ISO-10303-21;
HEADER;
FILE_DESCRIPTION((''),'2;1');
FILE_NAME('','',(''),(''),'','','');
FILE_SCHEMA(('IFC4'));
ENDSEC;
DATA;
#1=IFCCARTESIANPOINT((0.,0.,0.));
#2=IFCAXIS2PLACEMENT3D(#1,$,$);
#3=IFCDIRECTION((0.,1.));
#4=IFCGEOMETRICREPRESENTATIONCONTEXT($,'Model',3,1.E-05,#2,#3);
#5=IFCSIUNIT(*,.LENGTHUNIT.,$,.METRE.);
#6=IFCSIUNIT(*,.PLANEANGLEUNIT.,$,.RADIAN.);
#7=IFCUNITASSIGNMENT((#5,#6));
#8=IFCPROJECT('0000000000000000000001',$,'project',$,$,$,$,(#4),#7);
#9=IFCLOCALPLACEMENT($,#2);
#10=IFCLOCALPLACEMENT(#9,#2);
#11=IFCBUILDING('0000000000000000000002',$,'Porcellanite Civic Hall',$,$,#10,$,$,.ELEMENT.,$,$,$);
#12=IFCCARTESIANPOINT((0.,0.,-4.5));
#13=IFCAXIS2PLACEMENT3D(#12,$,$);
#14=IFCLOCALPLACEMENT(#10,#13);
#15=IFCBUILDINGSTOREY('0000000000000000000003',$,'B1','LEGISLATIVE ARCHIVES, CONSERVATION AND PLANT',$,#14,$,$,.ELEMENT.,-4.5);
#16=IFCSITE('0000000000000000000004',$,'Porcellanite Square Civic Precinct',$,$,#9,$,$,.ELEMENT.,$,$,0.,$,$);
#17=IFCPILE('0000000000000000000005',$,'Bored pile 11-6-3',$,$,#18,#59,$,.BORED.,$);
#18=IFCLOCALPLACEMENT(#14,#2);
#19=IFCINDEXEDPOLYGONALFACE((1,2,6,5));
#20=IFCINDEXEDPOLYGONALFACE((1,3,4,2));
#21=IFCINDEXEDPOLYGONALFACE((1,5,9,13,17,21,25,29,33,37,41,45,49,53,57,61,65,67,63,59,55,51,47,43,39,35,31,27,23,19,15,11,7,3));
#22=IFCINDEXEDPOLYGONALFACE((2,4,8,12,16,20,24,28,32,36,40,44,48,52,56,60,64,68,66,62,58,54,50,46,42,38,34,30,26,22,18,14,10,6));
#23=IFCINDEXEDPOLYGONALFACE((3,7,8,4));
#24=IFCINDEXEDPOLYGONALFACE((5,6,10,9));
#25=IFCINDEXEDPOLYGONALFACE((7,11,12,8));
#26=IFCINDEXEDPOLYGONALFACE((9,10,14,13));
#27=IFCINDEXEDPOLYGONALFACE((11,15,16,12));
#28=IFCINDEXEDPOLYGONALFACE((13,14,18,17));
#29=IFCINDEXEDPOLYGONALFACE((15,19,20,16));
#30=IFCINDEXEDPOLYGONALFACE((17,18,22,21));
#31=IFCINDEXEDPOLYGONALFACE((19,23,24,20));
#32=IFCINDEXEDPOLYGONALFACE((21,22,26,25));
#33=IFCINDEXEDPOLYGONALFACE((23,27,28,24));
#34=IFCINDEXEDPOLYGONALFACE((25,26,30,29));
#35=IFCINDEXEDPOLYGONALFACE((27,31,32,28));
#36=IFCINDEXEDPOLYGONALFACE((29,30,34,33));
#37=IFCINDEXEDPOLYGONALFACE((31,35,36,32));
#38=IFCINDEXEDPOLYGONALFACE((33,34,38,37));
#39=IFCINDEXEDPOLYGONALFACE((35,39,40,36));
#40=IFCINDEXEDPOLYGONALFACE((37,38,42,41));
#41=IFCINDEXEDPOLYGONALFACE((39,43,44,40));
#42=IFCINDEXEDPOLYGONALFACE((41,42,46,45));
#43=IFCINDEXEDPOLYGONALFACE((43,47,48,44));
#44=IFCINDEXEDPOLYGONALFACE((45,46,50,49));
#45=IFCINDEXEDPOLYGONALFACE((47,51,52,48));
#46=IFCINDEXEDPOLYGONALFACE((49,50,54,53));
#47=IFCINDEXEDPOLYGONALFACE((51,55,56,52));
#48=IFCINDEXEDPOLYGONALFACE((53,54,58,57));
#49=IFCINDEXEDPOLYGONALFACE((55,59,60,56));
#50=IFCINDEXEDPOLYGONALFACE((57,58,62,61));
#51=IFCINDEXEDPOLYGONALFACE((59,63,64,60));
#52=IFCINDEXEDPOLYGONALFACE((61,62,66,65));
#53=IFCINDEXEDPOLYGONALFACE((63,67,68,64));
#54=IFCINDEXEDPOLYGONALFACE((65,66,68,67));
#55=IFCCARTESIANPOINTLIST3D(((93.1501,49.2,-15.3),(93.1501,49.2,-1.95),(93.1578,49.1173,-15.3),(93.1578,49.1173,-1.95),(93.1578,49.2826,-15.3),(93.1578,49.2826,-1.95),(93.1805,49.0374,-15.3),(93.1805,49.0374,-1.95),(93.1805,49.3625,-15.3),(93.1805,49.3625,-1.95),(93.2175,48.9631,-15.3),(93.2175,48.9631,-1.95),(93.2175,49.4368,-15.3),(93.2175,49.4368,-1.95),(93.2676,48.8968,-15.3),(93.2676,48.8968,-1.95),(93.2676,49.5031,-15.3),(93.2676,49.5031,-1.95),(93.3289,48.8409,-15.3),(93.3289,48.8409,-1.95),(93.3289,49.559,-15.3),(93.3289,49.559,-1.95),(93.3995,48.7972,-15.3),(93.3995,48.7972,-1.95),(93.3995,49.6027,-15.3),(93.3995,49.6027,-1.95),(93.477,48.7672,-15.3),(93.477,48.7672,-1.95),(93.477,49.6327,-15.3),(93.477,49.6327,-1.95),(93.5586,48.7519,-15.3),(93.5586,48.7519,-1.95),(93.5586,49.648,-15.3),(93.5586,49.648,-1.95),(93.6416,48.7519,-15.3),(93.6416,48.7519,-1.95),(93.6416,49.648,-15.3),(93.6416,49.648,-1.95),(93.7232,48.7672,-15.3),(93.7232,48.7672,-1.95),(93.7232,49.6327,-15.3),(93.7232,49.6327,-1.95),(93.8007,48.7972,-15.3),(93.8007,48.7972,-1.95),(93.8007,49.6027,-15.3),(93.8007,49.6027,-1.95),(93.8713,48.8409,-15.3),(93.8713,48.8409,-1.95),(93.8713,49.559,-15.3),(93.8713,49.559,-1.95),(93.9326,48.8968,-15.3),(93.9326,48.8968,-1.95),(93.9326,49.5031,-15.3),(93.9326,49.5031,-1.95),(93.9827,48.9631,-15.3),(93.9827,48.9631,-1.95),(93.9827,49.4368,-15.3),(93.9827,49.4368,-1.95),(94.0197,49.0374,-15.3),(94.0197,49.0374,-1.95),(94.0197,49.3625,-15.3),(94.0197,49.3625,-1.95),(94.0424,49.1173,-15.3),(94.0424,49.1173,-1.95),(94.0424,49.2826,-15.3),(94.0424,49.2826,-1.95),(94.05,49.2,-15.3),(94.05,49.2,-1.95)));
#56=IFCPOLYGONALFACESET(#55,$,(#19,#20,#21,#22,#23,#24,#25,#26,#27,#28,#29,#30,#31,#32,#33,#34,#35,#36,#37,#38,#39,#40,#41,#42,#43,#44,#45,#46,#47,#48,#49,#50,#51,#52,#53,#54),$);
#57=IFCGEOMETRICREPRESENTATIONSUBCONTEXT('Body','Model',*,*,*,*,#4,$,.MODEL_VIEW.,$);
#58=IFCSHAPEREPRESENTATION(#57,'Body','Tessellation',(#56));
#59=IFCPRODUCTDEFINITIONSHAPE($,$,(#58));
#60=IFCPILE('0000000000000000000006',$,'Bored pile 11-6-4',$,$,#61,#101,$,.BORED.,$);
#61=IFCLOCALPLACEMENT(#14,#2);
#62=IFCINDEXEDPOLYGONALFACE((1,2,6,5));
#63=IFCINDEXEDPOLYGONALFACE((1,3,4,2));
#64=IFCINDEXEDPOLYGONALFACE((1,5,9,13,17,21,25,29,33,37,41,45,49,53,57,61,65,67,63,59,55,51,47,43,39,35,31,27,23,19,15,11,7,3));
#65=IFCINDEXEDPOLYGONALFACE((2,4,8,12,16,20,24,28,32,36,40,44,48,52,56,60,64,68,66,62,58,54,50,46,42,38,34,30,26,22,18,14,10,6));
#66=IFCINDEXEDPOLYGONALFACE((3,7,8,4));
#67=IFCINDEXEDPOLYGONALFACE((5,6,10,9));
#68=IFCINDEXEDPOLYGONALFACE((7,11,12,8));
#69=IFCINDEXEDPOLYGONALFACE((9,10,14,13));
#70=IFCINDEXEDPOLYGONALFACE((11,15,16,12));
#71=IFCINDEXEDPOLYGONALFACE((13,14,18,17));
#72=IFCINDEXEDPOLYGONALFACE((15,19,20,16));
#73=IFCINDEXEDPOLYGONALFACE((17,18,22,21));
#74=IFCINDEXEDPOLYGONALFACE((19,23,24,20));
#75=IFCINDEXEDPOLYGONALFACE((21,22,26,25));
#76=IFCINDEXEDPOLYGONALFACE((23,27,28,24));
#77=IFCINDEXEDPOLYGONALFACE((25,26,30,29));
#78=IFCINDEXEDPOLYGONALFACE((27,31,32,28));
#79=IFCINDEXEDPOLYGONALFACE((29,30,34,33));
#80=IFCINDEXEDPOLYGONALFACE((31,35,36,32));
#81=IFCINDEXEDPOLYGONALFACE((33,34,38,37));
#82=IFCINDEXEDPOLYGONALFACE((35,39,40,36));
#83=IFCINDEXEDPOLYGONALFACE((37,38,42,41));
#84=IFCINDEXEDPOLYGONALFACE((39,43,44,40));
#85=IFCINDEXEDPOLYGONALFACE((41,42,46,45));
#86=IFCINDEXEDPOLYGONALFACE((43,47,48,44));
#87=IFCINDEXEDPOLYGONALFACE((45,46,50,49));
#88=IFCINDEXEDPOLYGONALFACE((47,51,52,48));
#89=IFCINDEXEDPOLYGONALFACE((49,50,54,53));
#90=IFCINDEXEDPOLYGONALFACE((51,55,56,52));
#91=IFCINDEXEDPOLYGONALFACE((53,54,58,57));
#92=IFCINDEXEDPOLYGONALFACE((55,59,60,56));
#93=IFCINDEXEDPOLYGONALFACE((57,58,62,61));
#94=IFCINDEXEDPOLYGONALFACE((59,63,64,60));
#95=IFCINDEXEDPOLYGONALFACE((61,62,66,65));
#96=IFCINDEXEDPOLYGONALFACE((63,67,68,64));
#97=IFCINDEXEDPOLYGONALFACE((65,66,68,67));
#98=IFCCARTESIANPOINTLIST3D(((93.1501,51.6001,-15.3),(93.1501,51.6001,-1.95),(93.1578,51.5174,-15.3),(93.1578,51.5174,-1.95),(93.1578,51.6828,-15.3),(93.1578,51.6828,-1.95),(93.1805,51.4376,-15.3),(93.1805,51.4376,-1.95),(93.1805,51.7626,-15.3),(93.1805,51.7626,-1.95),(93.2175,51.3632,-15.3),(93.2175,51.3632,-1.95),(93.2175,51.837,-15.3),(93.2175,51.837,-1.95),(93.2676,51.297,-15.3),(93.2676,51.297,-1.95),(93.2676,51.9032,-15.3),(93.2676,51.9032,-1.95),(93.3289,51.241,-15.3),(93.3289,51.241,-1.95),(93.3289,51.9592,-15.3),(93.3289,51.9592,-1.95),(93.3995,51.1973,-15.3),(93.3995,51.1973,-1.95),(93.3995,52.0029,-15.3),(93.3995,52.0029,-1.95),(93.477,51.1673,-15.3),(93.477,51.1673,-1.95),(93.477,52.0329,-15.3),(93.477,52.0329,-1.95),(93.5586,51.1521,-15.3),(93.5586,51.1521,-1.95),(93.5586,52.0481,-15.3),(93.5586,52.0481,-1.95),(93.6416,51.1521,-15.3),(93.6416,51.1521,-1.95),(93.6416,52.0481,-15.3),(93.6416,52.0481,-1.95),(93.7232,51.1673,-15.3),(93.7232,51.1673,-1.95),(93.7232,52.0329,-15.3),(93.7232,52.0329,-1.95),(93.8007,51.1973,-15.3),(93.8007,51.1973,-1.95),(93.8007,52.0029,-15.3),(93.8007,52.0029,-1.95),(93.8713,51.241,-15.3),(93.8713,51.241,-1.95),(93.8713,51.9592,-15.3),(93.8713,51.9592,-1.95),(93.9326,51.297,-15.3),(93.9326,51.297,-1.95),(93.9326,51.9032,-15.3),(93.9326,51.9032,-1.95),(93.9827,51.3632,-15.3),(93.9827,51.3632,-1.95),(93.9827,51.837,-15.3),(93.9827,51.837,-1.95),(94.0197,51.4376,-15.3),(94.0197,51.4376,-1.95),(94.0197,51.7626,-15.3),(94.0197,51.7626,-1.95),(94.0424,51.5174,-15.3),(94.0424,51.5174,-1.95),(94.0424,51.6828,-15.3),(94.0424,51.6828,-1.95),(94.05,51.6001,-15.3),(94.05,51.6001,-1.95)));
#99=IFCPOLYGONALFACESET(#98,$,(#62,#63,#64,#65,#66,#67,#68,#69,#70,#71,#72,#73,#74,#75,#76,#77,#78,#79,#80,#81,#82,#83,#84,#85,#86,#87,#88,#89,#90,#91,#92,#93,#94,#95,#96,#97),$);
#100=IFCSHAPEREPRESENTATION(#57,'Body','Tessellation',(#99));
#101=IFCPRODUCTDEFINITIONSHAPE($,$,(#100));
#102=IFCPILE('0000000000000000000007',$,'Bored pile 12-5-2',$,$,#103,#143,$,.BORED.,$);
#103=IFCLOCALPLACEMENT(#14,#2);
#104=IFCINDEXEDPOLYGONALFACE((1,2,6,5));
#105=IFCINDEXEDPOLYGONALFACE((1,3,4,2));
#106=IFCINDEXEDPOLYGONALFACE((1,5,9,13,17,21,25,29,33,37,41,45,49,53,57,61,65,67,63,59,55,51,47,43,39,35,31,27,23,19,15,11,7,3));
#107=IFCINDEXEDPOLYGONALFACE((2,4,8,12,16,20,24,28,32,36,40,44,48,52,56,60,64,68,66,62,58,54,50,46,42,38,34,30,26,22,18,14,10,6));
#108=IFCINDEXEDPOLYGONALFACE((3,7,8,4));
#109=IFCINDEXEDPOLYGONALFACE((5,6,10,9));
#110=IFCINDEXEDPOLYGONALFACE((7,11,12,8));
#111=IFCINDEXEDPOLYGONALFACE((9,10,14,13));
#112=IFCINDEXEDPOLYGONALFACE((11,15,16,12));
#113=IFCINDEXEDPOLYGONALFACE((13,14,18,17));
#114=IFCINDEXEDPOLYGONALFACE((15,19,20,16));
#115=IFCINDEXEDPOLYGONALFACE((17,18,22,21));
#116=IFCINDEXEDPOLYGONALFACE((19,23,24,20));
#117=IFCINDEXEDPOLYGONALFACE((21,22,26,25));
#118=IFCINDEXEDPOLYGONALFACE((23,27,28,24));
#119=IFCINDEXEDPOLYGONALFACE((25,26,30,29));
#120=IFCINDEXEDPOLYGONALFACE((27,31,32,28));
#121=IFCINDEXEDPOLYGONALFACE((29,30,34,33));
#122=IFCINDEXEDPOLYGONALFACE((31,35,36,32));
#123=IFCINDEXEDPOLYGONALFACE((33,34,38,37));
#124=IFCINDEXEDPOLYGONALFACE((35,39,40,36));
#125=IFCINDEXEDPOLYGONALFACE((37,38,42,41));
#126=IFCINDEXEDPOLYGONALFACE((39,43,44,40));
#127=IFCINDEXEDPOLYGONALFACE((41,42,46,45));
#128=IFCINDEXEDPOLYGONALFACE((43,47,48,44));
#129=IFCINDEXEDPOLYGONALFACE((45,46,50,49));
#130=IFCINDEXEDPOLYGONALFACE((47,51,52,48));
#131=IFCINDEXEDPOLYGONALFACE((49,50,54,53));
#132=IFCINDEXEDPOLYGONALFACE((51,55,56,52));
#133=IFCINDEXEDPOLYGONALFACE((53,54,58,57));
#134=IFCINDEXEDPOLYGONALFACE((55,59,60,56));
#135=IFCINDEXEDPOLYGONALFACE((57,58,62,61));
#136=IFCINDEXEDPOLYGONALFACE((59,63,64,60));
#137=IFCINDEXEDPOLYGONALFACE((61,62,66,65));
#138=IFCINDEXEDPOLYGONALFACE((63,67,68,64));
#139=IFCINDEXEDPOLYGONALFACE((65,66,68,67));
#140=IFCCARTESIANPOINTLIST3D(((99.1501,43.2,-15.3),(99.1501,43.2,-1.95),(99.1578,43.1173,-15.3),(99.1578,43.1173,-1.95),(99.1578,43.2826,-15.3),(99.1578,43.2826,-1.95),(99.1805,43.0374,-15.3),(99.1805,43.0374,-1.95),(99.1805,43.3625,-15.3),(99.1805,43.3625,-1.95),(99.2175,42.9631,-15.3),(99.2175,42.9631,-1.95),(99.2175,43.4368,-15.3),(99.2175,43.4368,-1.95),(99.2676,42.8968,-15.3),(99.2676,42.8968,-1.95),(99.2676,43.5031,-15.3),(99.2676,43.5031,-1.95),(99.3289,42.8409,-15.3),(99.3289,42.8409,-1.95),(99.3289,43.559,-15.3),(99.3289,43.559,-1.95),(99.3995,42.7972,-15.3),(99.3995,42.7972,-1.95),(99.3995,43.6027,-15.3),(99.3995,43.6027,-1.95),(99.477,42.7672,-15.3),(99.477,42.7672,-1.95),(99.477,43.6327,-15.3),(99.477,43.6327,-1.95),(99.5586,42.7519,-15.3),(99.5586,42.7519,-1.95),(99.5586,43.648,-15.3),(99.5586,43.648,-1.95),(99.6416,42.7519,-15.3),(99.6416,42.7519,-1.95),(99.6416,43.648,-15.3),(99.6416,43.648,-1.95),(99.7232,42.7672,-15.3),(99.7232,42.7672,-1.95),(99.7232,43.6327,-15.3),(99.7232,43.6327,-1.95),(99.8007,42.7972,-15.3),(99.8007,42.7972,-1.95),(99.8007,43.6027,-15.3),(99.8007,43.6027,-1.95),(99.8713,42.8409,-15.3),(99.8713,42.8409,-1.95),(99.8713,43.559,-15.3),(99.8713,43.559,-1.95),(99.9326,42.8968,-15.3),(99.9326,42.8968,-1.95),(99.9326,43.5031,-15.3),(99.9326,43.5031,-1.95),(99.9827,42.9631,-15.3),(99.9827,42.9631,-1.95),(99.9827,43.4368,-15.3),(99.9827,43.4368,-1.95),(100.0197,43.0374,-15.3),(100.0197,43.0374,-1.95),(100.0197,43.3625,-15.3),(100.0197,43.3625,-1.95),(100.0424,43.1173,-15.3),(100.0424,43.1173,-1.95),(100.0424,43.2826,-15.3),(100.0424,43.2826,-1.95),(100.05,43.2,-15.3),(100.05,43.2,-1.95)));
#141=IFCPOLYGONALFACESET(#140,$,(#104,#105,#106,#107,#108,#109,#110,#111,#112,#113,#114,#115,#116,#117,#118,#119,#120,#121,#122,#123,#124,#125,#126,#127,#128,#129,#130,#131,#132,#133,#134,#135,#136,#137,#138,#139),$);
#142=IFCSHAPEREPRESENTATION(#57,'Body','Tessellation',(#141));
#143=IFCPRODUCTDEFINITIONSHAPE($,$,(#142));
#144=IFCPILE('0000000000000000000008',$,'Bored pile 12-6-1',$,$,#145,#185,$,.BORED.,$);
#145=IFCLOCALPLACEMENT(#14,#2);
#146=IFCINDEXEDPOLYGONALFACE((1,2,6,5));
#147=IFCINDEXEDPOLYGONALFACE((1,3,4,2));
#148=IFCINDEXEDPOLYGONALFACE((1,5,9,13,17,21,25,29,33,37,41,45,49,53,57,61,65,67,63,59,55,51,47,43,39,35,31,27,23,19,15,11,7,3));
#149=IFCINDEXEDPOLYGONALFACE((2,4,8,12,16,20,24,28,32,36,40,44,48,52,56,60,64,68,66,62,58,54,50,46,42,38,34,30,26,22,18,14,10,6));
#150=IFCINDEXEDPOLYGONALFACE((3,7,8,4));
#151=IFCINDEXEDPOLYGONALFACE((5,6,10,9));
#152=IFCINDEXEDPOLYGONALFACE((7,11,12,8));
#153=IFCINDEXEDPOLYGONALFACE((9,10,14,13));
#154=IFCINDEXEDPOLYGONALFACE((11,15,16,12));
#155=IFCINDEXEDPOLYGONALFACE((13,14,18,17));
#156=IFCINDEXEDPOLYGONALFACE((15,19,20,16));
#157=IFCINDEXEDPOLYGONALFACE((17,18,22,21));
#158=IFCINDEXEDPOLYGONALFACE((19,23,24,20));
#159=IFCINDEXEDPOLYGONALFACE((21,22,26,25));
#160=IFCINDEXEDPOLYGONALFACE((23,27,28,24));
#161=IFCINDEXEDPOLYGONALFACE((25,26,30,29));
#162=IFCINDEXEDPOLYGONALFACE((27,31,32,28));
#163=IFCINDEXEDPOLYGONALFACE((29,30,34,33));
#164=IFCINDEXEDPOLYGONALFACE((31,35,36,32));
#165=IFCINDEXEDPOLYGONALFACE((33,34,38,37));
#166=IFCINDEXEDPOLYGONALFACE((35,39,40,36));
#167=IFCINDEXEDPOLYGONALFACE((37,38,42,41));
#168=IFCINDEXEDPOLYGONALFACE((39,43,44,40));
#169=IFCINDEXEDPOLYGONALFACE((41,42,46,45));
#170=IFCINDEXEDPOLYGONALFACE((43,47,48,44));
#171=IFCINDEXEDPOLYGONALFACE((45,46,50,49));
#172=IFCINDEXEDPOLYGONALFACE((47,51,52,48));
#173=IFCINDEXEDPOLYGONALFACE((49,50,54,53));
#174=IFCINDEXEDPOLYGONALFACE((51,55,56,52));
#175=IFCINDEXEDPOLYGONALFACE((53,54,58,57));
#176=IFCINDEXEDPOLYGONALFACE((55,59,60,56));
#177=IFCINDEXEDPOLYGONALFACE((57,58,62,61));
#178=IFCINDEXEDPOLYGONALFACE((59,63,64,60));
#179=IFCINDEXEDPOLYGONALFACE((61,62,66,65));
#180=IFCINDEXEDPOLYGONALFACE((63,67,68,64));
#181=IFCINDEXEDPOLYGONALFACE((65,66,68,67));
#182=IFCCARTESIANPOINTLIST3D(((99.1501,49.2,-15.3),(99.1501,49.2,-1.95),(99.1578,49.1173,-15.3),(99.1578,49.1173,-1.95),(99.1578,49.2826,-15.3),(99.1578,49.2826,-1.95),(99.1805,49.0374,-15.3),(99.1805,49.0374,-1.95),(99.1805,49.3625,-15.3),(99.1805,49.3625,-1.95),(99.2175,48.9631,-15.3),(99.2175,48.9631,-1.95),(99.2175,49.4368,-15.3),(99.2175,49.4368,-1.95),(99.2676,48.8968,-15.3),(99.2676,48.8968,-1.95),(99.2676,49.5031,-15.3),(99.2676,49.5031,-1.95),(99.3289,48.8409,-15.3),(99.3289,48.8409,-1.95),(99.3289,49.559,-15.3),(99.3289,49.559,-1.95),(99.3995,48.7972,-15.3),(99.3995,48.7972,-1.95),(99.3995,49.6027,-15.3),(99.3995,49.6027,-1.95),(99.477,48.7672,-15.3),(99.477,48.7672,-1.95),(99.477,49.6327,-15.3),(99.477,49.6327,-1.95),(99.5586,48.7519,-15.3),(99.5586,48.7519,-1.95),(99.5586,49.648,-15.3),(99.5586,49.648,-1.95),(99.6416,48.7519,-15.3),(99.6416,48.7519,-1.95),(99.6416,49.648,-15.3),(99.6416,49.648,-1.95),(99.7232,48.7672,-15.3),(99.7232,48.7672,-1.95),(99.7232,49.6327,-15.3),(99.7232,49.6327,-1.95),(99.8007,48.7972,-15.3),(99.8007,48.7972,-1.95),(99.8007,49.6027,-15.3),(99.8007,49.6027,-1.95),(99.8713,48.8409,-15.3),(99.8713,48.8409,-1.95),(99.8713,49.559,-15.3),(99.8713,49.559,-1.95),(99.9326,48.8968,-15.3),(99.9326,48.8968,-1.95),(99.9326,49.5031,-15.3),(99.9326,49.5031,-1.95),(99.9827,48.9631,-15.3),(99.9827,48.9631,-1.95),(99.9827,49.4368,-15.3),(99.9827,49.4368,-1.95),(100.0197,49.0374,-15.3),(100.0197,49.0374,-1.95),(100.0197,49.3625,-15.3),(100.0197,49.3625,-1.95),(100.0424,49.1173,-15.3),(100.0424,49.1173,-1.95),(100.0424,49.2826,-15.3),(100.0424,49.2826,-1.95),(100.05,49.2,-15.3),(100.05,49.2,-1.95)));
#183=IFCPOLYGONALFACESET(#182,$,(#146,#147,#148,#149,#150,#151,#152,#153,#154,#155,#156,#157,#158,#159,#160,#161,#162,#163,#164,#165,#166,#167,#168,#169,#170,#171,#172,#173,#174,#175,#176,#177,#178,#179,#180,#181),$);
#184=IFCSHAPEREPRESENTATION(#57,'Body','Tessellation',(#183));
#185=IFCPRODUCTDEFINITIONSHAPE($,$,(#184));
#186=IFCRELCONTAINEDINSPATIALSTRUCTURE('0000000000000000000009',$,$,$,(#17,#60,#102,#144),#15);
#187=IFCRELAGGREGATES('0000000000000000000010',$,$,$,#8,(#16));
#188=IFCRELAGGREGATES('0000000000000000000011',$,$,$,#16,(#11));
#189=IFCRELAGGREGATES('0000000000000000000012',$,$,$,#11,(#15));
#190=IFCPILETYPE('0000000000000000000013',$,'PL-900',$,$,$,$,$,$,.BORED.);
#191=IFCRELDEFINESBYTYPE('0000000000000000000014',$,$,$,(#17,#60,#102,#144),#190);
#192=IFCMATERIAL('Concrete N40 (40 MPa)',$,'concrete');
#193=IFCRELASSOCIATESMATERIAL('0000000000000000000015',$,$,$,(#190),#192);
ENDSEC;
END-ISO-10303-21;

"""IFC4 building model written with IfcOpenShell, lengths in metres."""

from ifc_helpers import new_model, si_unit, direction, frame, origin, origin_2d, place, context, subcontext, project, spatial, circle, extrude, material, material_profile, profile_set, type_object, element, save


model = new_model("IFC4")

# Units and contexts
model_context = context("Model", 3, precision=1e-05, world=origin(), true_north=direction((0.0, 1.0)))
body_context = subcontext(model_context, "Body", "Model", "MODEL_VIEW")
ifc_project = project(units=[si_unit("LENGTHUNIT", "METRE"), si_unit("PLANEANGLEUNIT", "RADIAN")], contexts=[model_context])

# Site, building, storey
site_placement = place(None, origin())
site = spatial("IfcSite", under=ifc_project, at=site_placement, Name="Porcellanite Square Civic Precinct", CompositionType="ELEMENT", RefElevation=0.0)
building_placement = place(site_placement, origin())
building = spatial("IfcBuilding", under=site, at=building_placement, Name="Porcellanite Civic Hall", CompositionType="ELEMENT")
storey_placement = place(building_placement, frame((0.0, 0.0, -4.5)))
storey = spatial("IfcBuildingStorey", under=building, at=storey_placement, Name="B1", Description="LEGISLATIVE ARCHIVES, CONSERVATION AND PLANT", CompositionType="ELEMENT", Elevation=-4.5)

# Piles
ifc_material_1 = material(Name="Concrete N40 (40 MPa)", Category="concrete")
ifc_material_profile_1 = material_profile(ifc_material_1, circle(Radius=0.45, at=origin_2d()), Name="PILE-D900")
ifc_profile_set_1 = profile_set([ifc_material_profile_1], Name="Concrete N40 (40 MPa)")
pile_type_1 = type_object("IfcPileType", Name="PL-900", PredefinedType="BORED", material=ifc_profile_set_1)
for number, where, z_axis, x_axis, name in (
    (1, (93.6001, 49.2, -1.95), (0.0, 0.0, -1.0), (1.0, 0.0, 0.0), "Bored pile 11-6-3"),
    (2, (93.6001, 51.6001, -1.95), (0.0, 0.0, -1.0), (1.0, 0.0, 0.0), "Bored pile 11-6-4"),
    (3, (99.6001, 43.2, -1.95), (0.0, 0.0, -1.0), (1.0, 0.0, 0.0), "Bored pile 12-5-2"),
    (4, (99.6001, 49.2, -1.95), (0.0, 0.0, -1.0), (1.0, 0.0, 0.0), "Bored pile 12-6-1"),
):
    element("IfcPile", number, at=place(storey_placement, frame(where, z_axis=z_axis, x_axis=x_axis)), inside=storey, type_object=pile_type_1, Name=name, PredefinedType="BORED", context=body_context, shape_type="SweptSolid", body=[
        extrude(circle(Radius=0.45, at=origin_2d()), origin(), (0.0, 0.0, 1.0), 13.3501),
    ])

save(model, "model.ifc")
